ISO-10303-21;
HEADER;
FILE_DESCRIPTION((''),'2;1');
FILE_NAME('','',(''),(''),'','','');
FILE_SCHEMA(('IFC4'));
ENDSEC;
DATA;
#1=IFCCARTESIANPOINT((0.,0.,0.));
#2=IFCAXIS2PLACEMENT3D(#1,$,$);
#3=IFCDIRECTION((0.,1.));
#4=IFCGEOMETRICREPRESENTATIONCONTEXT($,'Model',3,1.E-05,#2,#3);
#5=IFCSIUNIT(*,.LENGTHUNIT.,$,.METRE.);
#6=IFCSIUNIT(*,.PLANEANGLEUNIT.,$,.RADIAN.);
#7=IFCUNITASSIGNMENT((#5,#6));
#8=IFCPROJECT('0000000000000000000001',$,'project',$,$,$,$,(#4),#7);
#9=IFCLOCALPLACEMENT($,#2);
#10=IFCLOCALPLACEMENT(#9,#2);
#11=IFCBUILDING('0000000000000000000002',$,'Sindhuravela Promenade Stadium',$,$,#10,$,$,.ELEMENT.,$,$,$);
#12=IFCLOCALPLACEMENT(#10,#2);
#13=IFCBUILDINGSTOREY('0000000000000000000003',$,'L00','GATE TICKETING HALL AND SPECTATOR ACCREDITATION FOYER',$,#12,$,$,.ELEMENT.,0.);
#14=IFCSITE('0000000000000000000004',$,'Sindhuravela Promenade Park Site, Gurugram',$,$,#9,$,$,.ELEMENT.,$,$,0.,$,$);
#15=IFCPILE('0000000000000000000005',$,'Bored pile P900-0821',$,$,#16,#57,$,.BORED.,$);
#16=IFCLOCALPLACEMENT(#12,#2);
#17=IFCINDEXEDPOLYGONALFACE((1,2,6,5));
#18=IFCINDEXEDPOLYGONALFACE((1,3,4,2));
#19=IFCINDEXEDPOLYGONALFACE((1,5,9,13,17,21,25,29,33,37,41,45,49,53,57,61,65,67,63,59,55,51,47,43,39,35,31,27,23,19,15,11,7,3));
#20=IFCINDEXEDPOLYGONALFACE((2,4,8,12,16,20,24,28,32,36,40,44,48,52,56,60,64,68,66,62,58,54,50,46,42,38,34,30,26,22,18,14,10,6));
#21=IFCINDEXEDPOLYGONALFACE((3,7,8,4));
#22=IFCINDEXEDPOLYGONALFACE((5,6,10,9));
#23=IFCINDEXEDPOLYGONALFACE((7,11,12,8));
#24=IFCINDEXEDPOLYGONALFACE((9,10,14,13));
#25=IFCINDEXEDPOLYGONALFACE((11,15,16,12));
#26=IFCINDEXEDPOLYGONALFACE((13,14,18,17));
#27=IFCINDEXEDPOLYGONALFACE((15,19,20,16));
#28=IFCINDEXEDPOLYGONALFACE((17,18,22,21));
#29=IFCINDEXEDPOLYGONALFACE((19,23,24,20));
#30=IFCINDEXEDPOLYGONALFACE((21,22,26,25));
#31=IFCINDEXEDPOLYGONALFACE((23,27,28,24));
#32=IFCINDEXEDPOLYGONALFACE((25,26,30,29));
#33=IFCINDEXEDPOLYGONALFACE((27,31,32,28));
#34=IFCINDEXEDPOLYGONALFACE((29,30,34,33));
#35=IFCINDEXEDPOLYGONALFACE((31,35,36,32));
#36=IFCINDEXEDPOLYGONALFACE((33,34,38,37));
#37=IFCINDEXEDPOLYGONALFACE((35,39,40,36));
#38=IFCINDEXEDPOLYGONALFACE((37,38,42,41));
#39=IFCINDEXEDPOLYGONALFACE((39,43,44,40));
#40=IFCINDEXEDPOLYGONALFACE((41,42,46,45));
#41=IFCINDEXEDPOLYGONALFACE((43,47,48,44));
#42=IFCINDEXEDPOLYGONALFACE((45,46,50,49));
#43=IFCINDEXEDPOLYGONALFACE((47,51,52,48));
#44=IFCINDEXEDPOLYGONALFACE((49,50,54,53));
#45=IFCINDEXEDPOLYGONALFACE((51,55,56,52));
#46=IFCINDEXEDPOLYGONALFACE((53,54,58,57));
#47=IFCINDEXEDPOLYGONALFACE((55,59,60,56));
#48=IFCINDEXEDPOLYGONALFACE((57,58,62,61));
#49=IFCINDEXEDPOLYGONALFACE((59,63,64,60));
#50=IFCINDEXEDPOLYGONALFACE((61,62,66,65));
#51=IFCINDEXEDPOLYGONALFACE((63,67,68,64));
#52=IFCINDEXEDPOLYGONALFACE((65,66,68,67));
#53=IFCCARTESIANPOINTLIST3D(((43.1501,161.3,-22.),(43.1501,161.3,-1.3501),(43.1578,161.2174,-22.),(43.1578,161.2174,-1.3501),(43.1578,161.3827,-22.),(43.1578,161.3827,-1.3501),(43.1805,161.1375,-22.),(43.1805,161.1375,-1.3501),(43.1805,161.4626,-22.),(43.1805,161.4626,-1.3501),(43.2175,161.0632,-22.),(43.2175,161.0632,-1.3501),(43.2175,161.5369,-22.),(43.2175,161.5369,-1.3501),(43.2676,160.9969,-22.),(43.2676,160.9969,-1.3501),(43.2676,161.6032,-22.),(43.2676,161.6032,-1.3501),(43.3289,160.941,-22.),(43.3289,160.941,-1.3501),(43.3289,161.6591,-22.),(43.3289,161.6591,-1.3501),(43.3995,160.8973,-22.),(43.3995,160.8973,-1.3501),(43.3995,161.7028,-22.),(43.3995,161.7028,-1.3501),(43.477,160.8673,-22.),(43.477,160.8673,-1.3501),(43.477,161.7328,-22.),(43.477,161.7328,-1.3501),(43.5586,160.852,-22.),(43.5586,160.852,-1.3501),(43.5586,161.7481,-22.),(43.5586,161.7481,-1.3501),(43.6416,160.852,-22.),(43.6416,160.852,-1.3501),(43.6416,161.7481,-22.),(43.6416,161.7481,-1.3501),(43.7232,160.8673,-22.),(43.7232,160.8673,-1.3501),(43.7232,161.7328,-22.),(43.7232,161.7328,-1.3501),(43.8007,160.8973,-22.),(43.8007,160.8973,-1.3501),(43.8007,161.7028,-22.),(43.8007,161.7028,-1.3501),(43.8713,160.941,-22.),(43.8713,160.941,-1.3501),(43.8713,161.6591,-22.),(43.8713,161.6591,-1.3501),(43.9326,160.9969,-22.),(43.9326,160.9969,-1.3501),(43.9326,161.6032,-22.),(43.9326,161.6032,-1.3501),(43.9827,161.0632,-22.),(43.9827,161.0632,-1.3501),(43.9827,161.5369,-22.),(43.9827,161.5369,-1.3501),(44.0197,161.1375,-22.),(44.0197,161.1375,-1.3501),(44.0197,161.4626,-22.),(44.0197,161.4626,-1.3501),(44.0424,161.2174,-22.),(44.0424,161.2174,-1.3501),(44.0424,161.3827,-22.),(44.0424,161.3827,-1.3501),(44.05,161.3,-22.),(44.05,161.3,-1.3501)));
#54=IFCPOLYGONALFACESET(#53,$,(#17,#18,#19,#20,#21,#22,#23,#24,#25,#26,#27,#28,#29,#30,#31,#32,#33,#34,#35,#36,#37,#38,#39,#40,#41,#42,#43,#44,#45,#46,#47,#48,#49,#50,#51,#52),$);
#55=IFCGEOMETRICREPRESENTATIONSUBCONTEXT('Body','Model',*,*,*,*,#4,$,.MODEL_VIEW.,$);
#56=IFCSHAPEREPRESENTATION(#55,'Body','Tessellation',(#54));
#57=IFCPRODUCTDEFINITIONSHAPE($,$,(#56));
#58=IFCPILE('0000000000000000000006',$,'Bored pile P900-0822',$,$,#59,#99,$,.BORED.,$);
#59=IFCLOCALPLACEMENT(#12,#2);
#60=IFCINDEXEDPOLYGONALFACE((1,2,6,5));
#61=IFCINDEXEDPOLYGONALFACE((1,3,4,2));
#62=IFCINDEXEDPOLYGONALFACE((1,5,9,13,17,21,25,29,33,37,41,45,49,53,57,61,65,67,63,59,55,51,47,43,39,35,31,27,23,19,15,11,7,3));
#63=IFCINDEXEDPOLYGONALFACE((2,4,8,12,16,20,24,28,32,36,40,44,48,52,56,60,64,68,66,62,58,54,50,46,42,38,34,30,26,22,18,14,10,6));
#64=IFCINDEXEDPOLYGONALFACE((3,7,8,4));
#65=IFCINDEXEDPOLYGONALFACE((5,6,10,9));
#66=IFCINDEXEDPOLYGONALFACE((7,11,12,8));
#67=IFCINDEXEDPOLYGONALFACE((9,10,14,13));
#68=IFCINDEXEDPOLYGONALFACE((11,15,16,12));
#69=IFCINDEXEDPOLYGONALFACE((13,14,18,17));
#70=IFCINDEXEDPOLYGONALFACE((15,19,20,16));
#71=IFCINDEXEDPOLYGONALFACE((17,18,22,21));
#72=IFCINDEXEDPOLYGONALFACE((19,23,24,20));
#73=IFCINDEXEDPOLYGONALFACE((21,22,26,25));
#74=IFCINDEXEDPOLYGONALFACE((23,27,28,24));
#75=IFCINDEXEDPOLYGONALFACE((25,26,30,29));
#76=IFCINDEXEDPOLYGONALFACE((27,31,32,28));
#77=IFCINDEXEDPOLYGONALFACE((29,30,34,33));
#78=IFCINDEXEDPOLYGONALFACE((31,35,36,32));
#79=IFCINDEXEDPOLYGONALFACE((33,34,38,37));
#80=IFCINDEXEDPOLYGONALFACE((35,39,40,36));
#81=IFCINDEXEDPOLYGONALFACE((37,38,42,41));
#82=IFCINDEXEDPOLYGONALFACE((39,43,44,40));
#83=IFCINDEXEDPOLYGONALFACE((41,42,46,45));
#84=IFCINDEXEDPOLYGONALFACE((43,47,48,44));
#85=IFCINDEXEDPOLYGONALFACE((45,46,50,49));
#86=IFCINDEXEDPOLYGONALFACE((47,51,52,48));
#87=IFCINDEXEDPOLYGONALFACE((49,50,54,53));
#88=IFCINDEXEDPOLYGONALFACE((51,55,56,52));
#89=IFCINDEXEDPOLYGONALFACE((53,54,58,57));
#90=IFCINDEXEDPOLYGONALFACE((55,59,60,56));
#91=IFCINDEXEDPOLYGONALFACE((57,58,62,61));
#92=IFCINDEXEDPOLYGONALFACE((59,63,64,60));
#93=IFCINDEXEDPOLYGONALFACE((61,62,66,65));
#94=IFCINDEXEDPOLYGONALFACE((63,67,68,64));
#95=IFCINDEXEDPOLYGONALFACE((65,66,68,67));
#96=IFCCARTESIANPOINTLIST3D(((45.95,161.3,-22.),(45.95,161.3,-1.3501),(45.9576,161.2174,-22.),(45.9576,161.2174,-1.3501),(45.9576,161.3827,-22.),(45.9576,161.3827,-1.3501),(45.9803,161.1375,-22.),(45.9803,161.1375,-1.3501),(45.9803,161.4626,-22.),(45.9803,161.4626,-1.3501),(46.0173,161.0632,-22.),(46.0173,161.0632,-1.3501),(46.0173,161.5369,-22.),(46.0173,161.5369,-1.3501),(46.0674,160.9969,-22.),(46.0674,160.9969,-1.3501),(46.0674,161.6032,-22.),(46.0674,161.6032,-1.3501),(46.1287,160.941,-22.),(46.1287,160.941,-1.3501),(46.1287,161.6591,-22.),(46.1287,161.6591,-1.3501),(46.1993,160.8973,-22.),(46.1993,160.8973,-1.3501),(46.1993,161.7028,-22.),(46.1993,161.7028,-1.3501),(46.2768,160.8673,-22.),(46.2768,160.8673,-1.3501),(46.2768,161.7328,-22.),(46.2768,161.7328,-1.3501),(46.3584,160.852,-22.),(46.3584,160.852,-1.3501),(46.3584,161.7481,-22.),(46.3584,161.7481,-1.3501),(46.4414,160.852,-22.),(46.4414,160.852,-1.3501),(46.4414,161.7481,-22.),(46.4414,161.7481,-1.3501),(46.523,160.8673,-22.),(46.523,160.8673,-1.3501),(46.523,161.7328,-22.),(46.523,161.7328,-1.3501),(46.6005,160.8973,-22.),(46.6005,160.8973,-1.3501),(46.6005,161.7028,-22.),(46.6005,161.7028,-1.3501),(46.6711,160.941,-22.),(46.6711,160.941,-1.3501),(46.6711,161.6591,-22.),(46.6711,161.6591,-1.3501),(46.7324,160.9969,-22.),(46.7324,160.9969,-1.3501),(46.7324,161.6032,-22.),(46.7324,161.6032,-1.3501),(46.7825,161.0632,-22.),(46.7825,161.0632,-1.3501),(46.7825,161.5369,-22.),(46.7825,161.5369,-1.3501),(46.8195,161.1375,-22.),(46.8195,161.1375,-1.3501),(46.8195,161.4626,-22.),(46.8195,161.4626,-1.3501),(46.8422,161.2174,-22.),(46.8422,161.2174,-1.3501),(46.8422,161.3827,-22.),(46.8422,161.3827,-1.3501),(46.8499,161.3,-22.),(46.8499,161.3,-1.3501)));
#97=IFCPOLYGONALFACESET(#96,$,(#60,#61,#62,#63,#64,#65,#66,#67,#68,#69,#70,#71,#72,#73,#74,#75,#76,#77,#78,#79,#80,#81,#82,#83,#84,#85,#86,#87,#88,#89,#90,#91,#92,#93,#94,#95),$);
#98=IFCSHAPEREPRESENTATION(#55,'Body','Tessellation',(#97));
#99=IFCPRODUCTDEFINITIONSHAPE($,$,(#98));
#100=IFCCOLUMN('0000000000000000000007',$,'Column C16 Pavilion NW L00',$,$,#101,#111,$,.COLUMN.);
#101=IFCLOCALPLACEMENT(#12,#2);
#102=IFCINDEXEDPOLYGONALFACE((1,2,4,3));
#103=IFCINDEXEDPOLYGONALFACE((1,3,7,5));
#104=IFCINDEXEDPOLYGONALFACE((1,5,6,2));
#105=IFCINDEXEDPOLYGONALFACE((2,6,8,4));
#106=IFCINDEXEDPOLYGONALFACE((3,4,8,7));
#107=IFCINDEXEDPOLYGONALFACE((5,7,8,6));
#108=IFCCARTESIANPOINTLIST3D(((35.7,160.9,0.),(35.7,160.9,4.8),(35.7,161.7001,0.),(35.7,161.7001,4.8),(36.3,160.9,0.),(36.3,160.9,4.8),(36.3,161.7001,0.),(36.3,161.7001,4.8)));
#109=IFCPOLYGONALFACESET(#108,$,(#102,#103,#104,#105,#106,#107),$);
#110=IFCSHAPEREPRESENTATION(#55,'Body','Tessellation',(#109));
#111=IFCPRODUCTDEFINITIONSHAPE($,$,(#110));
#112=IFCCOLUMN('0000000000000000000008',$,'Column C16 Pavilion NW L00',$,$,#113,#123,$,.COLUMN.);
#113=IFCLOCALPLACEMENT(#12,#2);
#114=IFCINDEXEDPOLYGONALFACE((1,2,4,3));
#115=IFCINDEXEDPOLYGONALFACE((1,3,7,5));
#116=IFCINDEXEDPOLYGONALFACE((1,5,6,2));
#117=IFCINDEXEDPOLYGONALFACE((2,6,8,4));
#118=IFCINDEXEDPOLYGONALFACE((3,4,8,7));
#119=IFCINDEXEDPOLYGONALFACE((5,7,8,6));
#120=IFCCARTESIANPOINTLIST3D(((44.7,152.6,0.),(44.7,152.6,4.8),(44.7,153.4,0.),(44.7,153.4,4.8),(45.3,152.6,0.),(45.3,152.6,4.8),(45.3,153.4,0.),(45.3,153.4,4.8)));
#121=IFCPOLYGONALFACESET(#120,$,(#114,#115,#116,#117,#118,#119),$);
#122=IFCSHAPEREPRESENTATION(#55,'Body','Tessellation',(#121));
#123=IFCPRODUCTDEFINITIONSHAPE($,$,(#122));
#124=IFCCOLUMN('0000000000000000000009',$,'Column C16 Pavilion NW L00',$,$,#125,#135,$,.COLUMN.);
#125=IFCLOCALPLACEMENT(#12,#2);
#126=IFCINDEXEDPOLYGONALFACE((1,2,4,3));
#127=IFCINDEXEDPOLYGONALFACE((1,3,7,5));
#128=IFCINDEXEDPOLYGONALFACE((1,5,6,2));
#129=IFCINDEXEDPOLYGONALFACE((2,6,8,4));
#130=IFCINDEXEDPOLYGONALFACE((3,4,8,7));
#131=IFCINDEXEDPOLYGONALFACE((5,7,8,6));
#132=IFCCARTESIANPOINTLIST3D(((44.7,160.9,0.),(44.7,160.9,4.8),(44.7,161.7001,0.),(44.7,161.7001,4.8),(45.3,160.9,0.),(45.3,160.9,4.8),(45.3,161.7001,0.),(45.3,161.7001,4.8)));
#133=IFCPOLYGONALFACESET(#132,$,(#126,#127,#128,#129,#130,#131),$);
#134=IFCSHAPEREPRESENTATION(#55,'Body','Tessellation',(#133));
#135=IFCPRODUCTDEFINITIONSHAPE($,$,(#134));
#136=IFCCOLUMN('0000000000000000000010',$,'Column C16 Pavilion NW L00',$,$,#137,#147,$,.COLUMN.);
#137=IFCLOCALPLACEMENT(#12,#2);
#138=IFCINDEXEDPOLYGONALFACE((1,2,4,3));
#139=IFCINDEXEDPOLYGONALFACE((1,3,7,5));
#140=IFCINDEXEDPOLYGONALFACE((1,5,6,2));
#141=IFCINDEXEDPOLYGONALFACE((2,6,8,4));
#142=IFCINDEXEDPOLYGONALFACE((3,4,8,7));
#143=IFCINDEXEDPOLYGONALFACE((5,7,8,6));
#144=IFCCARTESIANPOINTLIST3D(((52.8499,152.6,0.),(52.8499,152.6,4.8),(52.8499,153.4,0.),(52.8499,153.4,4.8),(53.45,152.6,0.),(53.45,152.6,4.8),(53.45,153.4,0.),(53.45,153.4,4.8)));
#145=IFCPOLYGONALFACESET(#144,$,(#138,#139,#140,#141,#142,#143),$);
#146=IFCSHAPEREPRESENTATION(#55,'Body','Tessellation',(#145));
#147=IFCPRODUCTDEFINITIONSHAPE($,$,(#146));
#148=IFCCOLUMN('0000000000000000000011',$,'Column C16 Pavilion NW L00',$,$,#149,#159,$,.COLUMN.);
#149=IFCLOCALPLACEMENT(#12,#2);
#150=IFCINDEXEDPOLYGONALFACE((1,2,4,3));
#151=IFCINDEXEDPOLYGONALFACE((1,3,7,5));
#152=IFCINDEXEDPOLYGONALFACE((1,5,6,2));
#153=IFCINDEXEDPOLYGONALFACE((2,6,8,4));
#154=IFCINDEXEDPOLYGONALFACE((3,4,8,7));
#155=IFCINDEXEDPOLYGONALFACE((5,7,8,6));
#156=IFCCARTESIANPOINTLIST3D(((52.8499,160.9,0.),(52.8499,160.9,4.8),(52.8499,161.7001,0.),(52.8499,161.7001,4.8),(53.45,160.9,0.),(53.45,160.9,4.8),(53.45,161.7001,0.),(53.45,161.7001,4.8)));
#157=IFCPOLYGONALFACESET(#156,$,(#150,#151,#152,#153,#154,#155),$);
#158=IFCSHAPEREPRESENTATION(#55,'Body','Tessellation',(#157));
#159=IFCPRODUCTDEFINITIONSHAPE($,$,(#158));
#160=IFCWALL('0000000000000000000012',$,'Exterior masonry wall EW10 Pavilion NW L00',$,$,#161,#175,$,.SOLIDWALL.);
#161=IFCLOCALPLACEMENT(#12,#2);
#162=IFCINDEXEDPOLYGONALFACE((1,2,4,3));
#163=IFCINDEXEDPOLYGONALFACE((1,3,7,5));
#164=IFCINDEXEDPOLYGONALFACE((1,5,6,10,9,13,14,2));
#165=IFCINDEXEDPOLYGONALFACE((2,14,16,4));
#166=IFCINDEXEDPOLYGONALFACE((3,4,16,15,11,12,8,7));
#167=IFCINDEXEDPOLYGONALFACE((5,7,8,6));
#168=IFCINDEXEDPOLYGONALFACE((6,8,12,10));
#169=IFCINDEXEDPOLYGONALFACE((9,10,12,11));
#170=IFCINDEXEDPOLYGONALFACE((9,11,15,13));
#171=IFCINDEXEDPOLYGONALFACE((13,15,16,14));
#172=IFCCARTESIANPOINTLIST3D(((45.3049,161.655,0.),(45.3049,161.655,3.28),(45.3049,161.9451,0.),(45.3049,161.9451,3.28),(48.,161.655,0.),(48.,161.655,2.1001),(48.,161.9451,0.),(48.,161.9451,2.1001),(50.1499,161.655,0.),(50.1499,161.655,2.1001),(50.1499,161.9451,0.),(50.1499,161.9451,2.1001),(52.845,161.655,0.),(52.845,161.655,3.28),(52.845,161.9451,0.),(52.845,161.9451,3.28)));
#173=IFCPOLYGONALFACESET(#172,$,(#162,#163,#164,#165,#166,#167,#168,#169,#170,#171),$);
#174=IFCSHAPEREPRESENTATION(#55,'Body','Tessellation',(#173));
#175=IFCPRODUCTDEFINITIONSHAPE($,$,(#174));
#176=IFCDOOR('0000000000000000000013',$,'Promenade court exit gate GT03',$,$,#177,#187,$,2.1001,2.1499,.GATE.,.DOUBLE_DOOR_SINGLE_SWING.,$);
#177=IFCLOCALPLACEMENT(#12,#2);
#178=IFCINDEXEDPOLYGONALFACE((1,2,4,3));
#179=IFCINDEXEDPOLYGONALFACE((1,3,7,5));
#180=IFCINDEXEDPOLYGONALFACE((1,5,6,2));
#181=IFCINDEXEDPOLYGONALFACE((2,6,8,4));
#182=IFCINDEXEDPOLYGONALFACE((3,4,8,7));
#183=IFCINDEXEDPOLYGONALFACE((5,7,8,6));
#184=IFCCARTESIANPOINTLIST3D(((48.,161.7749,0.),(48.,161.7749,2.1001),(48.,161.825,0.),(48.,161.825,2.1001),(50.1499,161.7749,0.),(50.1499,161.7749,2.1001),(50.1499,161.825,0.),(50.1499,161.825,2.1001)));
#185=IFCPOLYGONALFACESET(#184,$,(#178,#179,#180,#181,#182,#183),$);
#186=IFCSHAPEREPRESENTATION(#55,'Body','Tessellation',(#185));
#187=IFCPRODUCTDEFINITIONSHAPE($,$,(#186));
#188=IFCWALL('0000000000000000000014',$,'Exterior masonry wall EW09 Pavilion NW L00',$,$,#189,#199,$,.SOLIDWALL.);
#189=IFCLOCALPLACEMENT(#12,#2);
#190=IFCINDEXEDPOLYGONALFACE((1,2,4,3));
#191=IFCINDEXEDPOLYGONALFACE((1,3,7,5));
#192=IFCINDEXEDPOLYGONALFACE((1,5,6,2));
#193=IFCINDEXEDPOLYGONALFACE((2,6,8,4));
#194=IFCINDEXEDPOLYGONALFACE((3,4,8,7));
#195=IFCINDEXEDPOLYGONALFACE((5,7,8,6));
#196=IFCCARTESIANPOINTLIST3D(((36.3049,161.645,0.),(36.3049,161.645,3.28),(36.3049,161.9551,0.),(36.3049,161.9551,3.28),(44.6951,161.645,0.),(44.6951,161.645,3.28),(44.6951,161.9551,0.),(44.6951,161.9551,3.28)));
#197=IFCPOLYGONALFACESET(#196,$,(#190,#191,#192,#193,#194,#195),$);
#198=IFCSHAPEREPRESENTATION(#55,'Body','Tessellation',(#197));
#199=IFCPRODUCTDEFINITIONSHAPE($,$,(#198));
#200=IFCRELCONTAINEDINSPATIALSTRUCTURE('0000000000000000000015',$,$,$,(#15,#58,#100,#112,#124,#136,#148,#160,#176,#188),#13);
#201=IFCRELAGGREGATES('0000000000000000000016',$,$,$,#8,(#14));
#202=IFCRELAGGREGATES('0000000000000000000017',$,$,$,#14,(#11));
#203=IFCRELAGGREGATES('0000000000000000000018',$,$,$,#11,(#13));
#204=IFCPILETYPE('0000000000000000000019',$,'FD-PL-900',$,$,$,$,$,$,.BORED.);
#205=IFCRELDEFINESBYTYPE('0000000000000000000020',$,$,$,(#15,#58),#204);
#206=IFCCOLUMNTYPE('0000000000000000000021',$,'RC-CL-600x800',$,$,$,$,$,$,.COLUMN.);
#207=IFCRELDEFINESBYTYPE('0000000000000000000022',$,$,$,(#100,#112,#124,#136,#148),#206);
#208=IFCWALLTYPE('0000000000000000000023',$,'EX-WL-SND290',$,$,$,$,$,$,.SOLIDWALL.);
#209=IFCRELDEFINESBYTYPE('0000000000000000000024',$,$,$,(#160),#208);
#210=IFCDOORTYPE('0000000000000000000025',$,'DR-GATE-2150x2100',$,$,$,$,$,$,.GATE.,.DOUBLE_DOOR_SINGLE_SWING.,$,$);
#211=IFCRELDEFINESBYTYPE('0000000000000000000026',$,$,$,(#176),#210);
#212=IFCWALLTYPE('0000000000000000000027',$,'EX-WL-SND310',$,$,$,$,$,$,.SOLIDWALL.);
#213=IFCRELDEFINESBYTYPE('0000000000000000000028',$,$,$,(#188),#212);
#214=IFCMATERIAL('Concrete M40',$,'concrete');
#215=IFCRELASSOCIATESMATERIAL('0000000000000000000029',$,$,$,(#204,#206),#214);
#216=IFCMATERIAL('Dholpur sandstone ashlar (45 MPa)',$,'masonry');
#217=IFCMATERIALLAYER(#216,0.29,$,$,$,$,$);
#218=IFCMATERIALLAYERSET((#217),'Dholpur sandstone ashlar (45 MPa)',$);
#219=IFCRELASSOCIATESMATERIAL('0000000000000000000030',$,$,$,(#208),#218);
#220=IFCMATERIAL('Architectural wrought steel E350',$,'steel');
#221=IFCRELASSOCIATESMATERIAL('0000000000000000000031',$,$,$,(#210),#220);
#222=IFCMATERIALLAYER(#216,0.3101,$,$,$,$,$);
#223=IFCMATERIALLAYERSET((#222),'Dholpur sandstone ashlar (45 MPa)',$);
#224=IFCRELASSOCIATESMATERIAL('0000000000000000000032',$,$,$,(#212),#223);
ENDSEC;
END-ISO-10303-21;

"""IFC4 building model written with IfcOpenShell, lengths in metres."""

from ifc_helpers import new_model, si_unit, direction, frame, frame_2d, origin, origin_2d, place, context, subcontext, project, spatial, rectangle, circle, extrude, material, layer, layer_set, material_profile, profile_set, type_object, element, fill, save


model = new_model("IFC4")

# Units and contexts
model_context = context("Model", 3, precision=1e-05, world=origin(), true_north=direction((0.0, 1.0)))
body_context = subcontext(model_context, "Body", "Model", "MODEL_VIEW")
ifc_project = project(units=[si_unit("LENGTHUNIT", "METRE"), si_unit("PLANEANGLEUNIT", "RADIAN")], contexts=[model_context])

# Site, building, storey
site_placement = place(None, origin())
site = spatial("IfcSite", under=ifc_project, at=site_placement, Name="Sindhuravela Promenade Park Site, Gurugram", CompositionType="ELEMENT", RefElevation=0.0)
building_placement = place(site_placement, origin())
building = spatial("IfcBuilding", under=site, at=building_placement, Name="Sindhuravela Promenade Stadium", CompositionType="ELEMENT")
storey_placement = place(building_placement, origin())
storey = spatial("IfcBuildingStorey", under=building, at=storey_placement, Name="L00", Description="GATE TICKETING HALL AND SPECTATOR ACCREDITATION FOYER", CompositionType="ELEMENT", Elevation=0.0)

# Piles
ifc_material_1 = material(Name="Concrete M40", Category="concrete")
ifc_material_profile_1 = material_profile(ifc_material_1, circle(Radius=0.45, at=origin_2d()), Name="BORED PILE D900")
ifc_profile_set_1 = profile_set([ifc_material_profile_1], Name="Concrete M40")
pile_type_1 = type_object("IfcPileType", Name="FD-PL-900", PredefinedType="BORED", material=ifc_profile_set_1)
for number, where, z_axis, x_axis, name in (
    (1, (43.6001, 161.3, -1.3501), (0.0, 0.0, -1.0), (1.0, 0.0, 0.0), "Bored pile P900-0821"),
    (2, (46.3999, 161.3, -1.3501), (0.0, 0.0, -1.0), (1.0, 0.0, 0.0), "Bored pile P900-0822"),
):
    element("IfcPile", number, at=place(storey_placement, frame(where, z_axis=z_axis, x_axis=x_axis)), inside=storey, type_object=pile_type_1, Name=name, PredefinedType="BORED", context=body_context, shape_type="SweptSolid", body=[
        extrude(circle(Radius=0.45, at=origin_2d()), origin(), (0.0, 0.0, 1.0), 20.6499),
    ])

# Columns
ifc_material_profile_2 = material_profile(ifc_material_1, rectangle(XDim=0.6001, YDim=0.8, at=origin_2d()), Name="RC 600x800")
ifc_profile_set_2 = profile_set([ifc_material_profile_2], Name="Concrete M40")
column_type = type_object("IfcColumnType", Name="RC-CL-600x800", PredefinedType="COLUMN", material=ifc_profile_set_2)
for number, where, z_axis, x_axis, name in (
    (3, (36.0, 161.3, 0.0), (0.0, 0.0, 1.0), (1.0, 0.0, 0.0), "Column C16 Pavilion NW L00"),
    (4, (45.0, 153.0, 0.0), (0.0, 0.0, 1.0), (1.0, 0.0, 0.0), "Column C16 Pavilion NW L00"),
    (5, (45.0, 161.3, 0.0), (0.0, 0.0, 1.0), (1.0, 0.0, 0.0), "Column C16 Pavilion NW L00"),
    (6, (53.1499, 153.0, 0.0), (0.0, 0.0, 1.0), (1.0, 0.0, 0.0), "Column C16 Pavilion NW L00"),
    (7, (53.1499, 161.3, 0.0), (0.0, 0.0, 1.0), (1.0, 0.0, 0.0), "Column C16 Pavilion NW L00"),
):
    element("IfcColumn", number, at=place(storey_placement, frame(where, z_axis=z_axis, x_axis=x_axis)), inside=storey, type_object=column_type, Name=name, PredefinedType="COLUMN", context=body_context, shape_type="SweptSolid", body=[
        extrude(rectangle(XDim=0.6001, YDim=0.8, at=origin_2d()), origin(), (0.0, 0.0, 1.0), 4.8),
    ])

# Wall, opening, door
ifc_material_2 = material(Name="Dholpur sandstone ashlar (45 MPa)", Category="masonry")
ifc_layer_1 = layer(ifc_material_2, 0.29)
ifc_layer_set_1 = layer_set([ifc_layer_1], Name="Dholpur sandstone ashlar (45 MPa)")
wall_type_1 = type_object("IfcWallType", Name="EX-WL-SND290", PredefinedType="SOLIDWALL", material=ifc_layer_set_1)
wall_1_placement = place(storey_placement, frame((45.3049, 161.8, 0.0), z_axis=(0.0, 0.0, 1.0), x_axis=(1.0, 0.0, 0.0)))
wall_1 = element("IfcWall", 8, at=wall_1_placement, inside=storey, type_object=wall_type_1, Name="Exterior masonry wall EW10 Pavilion NW L00", PredefinedType="SOLIDWALL", context=body_context, shape_type="SweptSolid", body=[
    extrude(rectangle(XDim=7.54, YDim=0.29, at=frame_2d((3.77, 0.0))), origin(), (0.0, 0.0, 1.0), 3.28),
])
opening_placement = place(wall_1_placement, frame((2.6951, 0.0, 0.0)))
opening = element("IfcOpeningElement", 9, at=opening_placement, cuts=wall_1, PredefinedType="OPENING", context=body_context, shape_type="SweptSolid", body=[
    extrude(rectangle(XDim=2.1499, YDim=2.1001, at=frame_2d((1.075, 1.05))), frame((0.0, 0.155, 0.0), z_axis=(0.0, -1.0, 0.0), x_axis=(1.0, 0.0, 0.0)), (0.0, 0.0, 1.0), 0.3101),
])
ifc_material_3 = material(Name="Architectural wrought steel E350", Category="steel")
door_type = type_object("IfcDoorType", Name="DR-GATE-2150x2100", OperationType="DOUBLE_DOOR_SINGLE_SWING", PredefinedType="GATE", material=ifc_material_3)
door_placement = place(opening_placement, origin())
door = element("IfcDoor", 10, at=door_placement, inside=storey, type_object=door_type, Name="Promenade court exit gate GT03", OperationType="DOUBLE_DOOR_SINGLE_SWING", OverallHeight=2.1001, OverallWidth=2.1499, PredefinedType="GATE", context=body_context, shape_type="SweptSolid", body=[
    extrude(rectangle(XDim=2.1499, YDim=2.1001, at=frame_2d((1.075, 1.05))), frame((0.0, 0.0249, 0.0), z_axis=(0.0, -1.0, 0.0), x_axis=(1.0, 0.0, 0.0)), (0.0, 0.0, 1.0), 0.05),
])
fill(opening, door)

# Wall
ifc_layer_2 = layer(ifc_material_2, 0.3101)
ifc_layer_set_2 = layer_set([ifc_layer_2], Name="Dholpur sandstone ashlar (45 MPa)")
wall_type_2 = type_object("IfcWallType", Name="EX-WL-SND310", PredefinedType="SOLIDWALL", material=ifc_layer_set_2)
wall_2_placement = place(storey_placement, frame((36.3049, 161.8, 0.0), z_axis=(0.0, 0.0, 1.0), x_axis=(1.0, 0.0, 0.0)))
element("IfcWall", 11, at=wall_2_placement, inside=storey, type_object=wall_type_2, Name="Exterior masonry wall EW09 Pavilion NW L00", PredefinedType="SOLIDWALL", context=body_context, shape_type="SweptSolid", body=[
    extrude(rectangle(XDim=8.3901, YDim=0.3101, at=frame_2d((4.1951, 0.0))), origin(), (0.0, 0.0, 1.0), 3.28),
])

save(model, "model.ifc")
